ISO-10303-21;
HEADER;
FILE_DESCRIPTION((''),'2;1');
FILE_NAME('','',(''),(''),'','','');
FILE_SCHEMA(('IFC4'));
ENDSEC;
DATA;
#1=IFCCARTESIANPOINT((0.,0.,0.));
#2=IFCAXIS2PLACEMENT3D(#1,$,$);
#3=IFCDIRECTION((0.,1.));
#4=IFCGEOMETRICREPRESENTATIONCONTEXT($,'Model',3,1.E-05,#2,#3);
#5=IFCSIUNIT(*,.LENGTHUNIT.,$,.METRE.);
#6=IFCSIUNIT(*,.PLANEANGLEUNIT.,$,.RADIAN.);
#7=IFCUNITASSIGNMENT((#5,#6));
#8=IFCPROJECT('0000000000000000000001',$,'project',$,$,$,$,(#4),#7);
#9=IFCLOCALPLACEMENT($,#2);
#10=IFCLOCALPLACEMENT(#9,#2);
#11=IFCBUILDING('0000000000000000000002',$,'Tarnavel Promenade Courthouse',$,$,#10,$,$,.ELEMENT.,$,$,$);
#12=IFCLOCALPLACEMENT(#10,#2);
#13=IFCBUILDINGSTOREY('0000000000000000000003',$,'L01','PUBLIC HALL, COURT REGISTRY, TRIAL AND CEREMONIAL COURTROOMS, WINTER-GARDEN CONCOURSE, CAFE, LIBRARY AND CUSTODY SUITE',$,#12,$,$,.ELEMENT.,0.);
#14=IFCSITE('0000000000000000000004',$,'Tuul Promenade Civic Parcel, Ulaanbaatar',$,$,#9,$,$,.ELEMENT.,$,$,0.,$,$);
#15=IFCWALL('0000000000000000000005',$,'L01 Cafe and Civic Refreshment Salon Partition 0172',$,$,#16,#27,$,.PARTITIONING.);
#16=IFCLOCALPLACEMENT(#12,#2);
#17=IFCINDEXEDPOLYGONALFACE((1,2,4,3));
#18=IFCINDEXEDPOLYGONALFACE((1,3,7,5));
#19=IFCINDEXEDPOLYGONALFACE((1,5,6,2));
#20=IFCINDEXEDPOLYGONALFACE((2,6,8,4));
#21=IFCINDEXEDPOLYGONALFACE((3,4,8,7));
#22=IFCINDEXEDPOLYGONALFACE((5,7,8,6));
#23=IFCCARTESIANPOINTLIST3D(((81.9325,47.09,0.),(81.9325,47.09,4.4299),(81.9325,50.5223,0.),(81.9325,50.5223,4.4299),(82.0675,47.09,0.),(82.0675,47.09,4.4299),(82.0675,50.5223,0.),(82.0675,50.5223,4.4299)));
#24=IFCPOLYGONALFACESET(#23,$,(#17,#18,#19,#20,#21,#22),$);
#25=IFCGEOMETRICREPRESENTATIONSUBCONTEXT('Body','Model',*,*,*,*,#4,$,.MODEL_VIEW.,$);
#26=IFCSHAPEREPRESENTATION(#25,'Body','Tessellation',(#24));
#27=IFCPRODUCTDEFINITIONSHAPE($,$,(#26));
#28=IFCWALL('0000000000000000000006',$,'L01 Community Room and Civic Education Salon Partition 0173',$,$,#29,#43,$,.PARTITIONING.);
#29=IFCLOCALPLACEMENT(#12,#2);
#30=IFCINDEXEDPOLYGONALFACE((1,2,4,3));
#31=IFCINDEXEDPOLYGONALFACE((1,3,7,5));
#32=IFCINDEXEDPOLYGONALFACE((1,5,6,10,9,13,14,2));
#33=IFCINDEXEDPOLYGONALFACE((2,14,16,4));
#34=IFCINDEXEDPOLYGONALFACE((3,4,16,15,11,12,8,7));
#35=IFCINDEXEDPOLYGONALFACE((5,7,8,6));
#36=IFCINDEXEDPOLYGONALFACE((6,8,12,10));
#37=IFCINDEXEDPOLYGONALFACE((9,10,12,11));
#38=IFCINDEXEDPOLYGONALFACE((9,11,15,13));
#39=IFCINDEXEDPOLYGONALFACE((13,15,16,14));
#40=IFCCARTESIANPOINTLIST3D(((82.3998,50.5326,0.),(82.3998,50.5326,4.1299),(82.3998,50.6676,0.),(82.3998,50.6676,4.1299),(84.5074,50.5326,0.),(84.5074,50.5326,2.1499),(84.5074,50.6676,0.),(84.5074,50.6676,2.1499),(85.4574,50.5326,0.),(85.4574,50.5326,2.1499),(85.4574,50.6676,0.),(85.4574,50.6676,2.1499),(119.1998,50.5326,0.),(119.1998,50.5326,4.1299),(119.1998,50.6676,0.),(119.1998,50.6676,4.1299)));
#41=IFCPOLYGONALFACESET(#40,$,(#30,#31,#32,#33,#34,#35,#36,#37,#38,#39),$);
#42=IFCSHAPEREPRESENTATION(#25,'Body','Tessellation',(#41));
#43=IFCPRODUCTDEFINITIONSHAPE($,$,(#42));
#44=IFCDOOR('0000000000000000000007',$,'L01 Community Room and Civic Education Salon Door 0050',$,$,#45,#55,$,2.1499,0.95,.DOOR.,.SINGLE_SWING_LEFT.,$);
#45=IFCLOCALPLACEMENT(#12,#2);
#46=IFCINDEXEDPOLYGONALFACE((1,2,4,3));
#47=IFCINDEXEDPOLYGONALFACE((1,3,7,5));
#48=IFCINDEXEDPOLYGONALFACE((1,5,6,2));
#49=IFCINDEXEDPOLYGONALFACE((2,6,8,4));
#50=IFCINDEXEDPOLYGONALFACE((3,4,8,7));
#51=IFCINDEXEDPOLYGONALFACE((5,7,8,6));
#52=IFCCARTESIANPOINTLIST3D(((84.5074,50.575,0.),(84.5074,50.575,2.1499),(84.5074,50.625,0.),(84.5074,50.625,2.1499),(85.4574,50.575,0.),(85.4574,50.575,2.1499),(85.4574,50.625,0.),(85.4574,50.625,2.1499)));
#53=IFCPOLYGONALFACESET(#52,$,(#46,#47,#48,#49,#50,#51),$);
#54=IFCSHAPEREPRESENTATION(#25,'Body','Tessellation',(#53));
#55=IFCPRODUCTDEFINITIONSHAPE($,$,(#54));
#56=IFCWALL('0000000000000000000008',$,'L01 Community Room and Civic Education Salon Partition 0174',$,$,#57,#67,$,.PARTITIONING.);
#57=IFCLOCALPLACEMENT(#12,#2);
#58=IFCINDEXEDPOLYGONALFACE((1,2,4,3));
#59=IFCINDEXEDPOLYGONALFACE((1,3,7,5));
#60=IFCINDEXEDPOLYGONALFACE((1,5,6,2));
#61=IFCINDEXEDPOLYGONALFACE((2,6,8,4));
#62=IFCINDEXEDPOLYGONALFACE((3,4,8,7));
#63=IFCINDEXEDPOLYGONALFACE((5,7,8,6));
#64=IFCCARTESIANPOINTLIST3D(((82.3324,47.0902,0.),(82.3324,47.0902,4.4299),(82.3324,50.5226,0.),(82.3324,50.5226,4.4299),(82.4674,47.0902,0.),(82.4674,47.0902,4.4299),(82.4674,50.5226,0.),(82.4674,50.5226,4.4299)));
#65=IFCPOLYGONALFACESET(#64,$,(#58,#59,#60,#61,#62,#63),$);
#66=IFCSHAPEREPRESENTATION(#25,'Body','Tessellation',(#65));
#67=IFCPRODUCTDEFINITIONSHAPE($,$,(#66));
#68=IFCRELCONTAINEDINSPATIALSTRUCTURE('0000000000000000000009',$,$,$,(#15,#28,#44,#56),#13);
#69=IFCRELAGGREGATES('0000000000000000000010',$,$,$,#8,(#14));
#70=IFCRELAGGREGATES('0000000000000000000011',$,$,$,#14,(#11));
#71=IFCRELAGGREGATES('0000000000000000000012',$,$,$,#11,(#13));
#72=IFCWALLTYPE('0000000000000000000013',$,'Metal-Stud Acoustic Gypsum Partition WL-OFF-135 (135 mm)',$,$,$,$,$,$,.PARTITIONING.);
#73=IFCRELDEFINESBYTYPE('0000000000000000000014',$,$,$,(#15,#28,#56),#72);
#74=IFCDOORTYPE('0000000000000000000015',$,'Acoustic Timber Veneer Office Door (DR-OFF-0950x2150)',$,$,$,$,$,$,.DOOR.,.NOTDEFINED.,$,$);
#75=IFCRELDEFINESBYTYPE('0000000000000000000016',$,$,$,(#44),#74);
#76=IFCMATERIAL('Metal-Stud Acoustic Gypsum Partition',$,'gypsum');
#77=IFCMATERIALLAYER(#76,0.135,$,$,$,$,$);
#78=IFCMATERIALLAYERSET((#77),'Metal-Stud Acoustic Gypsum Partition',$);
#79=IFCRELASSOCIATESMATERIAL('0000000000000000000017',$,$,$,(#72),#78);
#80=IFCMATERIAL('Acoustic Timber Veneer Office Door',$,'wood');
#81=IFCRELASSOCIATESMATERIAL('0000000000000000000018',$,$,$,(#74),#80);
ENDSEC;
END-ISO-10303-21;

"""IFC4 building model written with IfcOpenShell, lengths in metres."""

from ifc_helpers import new_model, si_unit, direction, frame, frame_2d, origin, place, context, subcontext, project, spatial, rectangle, extrude, material, layer, layer_set, type_object, element, fill, save


model = new_model("IFC4")

# Units and contexts
model_context = context("Model", 3, precision=1e-05, world=origin(), true_north=direction((0.0, 1.0)))
body_context = subcontext(model_context, "Body", "Model", "MODEL_VIEW")
ifc_project = project(units=[si_unit("LENGTHUNIT", "METRE"), si_unit("PLANEANGLEUNIT", "RADIAN")], contexts=[model_context])

# Site, building, storey
site_placement = place(None, origin())
site = spatial("IfcSite", under=ifc_project, at=site_placement, Name="Tuul Promenade Civic Parcel, Ulaanbaatar", CompositionType="ELEMENT", RefElevation=0.0)
building_placement = place(site_placement, origin())
building = spatial("IfcBuilding", under=site, at=building_placement, Name="Tarnavel Promenade Courthouse", CompositionType="ELEMENT")
storey_placement = place(building_placement, origin())
storey = spatial("IfcBuildingStorey", under=building, at=storey_placement, Name="L01", Description="PUBLIC HALL, COURT REGISTRY, TRIAL AND CEREMONIAL COURTROOMS, WINTER-GARDEN CONCOURSE, CAFE, LIBRARY AND CUSTODY SUITE", CompositionType="ELEMENT", Elevation=0.0)

# Wall
ifc_material_1 = material(Name="Metal-Stud Acoustic Gypsum Partition", Category="gypsum")
ifc_layer_1 = layer(ifc_material_1, 0.135)
ifc_layer_set_1 = layer_set([ifc_layer_1], Name="Metal-Stud Acoustic Gypsum Partition")
wall_type = type_object("IfcWallType", Name="Metal-Stud Acoustic Gypsum Partition WL-OFF-135 (135 mm)", PredefinedType="PARTITIONING", material=ifc_layer_set_1)
wall_1_placement = place(storey_placement, frame((82.0, 50.5225, 0.0), z_axis=(0.0, 0.0, 1.0), x_axis=(0.0, -1.0, 0.0)))
element("IfcWall", 1, at=wall_1_placement, inside=storey, type_object=wall_type, Name="L01 Cafe and Civic Refreshment Salon Partition 0172", PredefinedType="PARTITIONING", context=body_context, shape_type="SweptSolid", body=[
    extrude(rectangle(XDim=3.4324, YDim=0.135, at=frame_2d((1.7163, 0.0))), origin(), (0.0, 0.0, 1.0), 4.4299),
])

# Wall, opening, door
wall_2_placement = place(storey_placement, frame((82.3999, 50.6001, 0.0), z_axis=(0.0, 0.0, 1.0), x_axis=(1.0, 0.0, 0.0)))
wall_2 = element("IfcWall", 2, at=wall_2_placement, inside=storey, type_object=wall_type, Name="L01 Community Room and Civic Education Salon Partition 0173", PredefinedType="PARTITIONING", context=body_context, shape_type="SweptSolid", body=[
    extrude(rectangle(XDim=36.8, YDim=0.135, at=frame_2d((18.3999, 0.0))), origin(), (0.0, 0.0, 1.0), 4.1299),
])
opening_placement = place(wall_2_placement, frame((2.1074, 0.0, 0.0)))
opening = element("IfcOpeningElement", 3, at=opening_placement, cuts=wall_2, PredefinedType="OPENING", context=body_context, shape_type="SweptSolid", body=[
    extrude(rectangle(XDim=0.95, YDim=2.1499, at=frame_2d((0.4751, 1.075))), frame((0.0, 0.0774, 0.0), z_axis=(0.0, -1.0, 0.0), x_axis=(1.0, 0.0, 0.0)), (0.0, 0.0, 1.0), 0.155),
])
ifc_material_2 = material(Name="Acoustic Timber Veneer Office Door", Category="wood")
door_type = type_object("IfcDoorType", Name="Acoustic Timber Veneer Office Door (DR-OFF-0950x2150)", OperationType="NOTDEFINED", PredefinedType="DOOR", material=ifc_material_2)
door_placement = place(opening_placement, origin())
door = element("IfcDoor", 4, at=door_placement, inside=storey, type_object=door_type, Name="L01 Community Room and Civic Education Salon Door 0050", OperationType="SINGLE_SWING_LEFT", OverallHeight=2.1499, OverallWidth=0.95, PredefinedType="DOOR", context=body_context, shape_type="SweptSolid", body=[
    extrude(rectangle(XDim=0.95, YDim=2.1499, at=frame_2d((0.4751, 1.075))), frame((0.0, 0.0249, 0.0), z_axis=(0.0, -1.0, 0.0), x_axis=(1.0, 0.0, 0.0)), (0.0, 0.0, 1.0), 0.05),
])
fill(opening, door)

# Wall
wall_3_placement = place(storey_placement, frame((82.3999, 47.0901, 0.0), z_axis=(0.0, 0.0, 1.0), x_axis=(0.0, 1.0, 0.0)))
element("IfcWall", 5, at=wall_3_placement, inside=storey, type_object=wall_type, Name="L01 Community Room and Civic Education Salon Partition 0174", PredefinedType="PARTITIONING", context=body_context, shape_type="SweptSolid", body=[
    extrude(rectangle(XDim=3.4324, YDim=0.135, at=frame_2d((1.7163, 0.0))), origin(), (0.0, 0.0, 1.0), 4.4299),
])

save(model, "model.ifc")
